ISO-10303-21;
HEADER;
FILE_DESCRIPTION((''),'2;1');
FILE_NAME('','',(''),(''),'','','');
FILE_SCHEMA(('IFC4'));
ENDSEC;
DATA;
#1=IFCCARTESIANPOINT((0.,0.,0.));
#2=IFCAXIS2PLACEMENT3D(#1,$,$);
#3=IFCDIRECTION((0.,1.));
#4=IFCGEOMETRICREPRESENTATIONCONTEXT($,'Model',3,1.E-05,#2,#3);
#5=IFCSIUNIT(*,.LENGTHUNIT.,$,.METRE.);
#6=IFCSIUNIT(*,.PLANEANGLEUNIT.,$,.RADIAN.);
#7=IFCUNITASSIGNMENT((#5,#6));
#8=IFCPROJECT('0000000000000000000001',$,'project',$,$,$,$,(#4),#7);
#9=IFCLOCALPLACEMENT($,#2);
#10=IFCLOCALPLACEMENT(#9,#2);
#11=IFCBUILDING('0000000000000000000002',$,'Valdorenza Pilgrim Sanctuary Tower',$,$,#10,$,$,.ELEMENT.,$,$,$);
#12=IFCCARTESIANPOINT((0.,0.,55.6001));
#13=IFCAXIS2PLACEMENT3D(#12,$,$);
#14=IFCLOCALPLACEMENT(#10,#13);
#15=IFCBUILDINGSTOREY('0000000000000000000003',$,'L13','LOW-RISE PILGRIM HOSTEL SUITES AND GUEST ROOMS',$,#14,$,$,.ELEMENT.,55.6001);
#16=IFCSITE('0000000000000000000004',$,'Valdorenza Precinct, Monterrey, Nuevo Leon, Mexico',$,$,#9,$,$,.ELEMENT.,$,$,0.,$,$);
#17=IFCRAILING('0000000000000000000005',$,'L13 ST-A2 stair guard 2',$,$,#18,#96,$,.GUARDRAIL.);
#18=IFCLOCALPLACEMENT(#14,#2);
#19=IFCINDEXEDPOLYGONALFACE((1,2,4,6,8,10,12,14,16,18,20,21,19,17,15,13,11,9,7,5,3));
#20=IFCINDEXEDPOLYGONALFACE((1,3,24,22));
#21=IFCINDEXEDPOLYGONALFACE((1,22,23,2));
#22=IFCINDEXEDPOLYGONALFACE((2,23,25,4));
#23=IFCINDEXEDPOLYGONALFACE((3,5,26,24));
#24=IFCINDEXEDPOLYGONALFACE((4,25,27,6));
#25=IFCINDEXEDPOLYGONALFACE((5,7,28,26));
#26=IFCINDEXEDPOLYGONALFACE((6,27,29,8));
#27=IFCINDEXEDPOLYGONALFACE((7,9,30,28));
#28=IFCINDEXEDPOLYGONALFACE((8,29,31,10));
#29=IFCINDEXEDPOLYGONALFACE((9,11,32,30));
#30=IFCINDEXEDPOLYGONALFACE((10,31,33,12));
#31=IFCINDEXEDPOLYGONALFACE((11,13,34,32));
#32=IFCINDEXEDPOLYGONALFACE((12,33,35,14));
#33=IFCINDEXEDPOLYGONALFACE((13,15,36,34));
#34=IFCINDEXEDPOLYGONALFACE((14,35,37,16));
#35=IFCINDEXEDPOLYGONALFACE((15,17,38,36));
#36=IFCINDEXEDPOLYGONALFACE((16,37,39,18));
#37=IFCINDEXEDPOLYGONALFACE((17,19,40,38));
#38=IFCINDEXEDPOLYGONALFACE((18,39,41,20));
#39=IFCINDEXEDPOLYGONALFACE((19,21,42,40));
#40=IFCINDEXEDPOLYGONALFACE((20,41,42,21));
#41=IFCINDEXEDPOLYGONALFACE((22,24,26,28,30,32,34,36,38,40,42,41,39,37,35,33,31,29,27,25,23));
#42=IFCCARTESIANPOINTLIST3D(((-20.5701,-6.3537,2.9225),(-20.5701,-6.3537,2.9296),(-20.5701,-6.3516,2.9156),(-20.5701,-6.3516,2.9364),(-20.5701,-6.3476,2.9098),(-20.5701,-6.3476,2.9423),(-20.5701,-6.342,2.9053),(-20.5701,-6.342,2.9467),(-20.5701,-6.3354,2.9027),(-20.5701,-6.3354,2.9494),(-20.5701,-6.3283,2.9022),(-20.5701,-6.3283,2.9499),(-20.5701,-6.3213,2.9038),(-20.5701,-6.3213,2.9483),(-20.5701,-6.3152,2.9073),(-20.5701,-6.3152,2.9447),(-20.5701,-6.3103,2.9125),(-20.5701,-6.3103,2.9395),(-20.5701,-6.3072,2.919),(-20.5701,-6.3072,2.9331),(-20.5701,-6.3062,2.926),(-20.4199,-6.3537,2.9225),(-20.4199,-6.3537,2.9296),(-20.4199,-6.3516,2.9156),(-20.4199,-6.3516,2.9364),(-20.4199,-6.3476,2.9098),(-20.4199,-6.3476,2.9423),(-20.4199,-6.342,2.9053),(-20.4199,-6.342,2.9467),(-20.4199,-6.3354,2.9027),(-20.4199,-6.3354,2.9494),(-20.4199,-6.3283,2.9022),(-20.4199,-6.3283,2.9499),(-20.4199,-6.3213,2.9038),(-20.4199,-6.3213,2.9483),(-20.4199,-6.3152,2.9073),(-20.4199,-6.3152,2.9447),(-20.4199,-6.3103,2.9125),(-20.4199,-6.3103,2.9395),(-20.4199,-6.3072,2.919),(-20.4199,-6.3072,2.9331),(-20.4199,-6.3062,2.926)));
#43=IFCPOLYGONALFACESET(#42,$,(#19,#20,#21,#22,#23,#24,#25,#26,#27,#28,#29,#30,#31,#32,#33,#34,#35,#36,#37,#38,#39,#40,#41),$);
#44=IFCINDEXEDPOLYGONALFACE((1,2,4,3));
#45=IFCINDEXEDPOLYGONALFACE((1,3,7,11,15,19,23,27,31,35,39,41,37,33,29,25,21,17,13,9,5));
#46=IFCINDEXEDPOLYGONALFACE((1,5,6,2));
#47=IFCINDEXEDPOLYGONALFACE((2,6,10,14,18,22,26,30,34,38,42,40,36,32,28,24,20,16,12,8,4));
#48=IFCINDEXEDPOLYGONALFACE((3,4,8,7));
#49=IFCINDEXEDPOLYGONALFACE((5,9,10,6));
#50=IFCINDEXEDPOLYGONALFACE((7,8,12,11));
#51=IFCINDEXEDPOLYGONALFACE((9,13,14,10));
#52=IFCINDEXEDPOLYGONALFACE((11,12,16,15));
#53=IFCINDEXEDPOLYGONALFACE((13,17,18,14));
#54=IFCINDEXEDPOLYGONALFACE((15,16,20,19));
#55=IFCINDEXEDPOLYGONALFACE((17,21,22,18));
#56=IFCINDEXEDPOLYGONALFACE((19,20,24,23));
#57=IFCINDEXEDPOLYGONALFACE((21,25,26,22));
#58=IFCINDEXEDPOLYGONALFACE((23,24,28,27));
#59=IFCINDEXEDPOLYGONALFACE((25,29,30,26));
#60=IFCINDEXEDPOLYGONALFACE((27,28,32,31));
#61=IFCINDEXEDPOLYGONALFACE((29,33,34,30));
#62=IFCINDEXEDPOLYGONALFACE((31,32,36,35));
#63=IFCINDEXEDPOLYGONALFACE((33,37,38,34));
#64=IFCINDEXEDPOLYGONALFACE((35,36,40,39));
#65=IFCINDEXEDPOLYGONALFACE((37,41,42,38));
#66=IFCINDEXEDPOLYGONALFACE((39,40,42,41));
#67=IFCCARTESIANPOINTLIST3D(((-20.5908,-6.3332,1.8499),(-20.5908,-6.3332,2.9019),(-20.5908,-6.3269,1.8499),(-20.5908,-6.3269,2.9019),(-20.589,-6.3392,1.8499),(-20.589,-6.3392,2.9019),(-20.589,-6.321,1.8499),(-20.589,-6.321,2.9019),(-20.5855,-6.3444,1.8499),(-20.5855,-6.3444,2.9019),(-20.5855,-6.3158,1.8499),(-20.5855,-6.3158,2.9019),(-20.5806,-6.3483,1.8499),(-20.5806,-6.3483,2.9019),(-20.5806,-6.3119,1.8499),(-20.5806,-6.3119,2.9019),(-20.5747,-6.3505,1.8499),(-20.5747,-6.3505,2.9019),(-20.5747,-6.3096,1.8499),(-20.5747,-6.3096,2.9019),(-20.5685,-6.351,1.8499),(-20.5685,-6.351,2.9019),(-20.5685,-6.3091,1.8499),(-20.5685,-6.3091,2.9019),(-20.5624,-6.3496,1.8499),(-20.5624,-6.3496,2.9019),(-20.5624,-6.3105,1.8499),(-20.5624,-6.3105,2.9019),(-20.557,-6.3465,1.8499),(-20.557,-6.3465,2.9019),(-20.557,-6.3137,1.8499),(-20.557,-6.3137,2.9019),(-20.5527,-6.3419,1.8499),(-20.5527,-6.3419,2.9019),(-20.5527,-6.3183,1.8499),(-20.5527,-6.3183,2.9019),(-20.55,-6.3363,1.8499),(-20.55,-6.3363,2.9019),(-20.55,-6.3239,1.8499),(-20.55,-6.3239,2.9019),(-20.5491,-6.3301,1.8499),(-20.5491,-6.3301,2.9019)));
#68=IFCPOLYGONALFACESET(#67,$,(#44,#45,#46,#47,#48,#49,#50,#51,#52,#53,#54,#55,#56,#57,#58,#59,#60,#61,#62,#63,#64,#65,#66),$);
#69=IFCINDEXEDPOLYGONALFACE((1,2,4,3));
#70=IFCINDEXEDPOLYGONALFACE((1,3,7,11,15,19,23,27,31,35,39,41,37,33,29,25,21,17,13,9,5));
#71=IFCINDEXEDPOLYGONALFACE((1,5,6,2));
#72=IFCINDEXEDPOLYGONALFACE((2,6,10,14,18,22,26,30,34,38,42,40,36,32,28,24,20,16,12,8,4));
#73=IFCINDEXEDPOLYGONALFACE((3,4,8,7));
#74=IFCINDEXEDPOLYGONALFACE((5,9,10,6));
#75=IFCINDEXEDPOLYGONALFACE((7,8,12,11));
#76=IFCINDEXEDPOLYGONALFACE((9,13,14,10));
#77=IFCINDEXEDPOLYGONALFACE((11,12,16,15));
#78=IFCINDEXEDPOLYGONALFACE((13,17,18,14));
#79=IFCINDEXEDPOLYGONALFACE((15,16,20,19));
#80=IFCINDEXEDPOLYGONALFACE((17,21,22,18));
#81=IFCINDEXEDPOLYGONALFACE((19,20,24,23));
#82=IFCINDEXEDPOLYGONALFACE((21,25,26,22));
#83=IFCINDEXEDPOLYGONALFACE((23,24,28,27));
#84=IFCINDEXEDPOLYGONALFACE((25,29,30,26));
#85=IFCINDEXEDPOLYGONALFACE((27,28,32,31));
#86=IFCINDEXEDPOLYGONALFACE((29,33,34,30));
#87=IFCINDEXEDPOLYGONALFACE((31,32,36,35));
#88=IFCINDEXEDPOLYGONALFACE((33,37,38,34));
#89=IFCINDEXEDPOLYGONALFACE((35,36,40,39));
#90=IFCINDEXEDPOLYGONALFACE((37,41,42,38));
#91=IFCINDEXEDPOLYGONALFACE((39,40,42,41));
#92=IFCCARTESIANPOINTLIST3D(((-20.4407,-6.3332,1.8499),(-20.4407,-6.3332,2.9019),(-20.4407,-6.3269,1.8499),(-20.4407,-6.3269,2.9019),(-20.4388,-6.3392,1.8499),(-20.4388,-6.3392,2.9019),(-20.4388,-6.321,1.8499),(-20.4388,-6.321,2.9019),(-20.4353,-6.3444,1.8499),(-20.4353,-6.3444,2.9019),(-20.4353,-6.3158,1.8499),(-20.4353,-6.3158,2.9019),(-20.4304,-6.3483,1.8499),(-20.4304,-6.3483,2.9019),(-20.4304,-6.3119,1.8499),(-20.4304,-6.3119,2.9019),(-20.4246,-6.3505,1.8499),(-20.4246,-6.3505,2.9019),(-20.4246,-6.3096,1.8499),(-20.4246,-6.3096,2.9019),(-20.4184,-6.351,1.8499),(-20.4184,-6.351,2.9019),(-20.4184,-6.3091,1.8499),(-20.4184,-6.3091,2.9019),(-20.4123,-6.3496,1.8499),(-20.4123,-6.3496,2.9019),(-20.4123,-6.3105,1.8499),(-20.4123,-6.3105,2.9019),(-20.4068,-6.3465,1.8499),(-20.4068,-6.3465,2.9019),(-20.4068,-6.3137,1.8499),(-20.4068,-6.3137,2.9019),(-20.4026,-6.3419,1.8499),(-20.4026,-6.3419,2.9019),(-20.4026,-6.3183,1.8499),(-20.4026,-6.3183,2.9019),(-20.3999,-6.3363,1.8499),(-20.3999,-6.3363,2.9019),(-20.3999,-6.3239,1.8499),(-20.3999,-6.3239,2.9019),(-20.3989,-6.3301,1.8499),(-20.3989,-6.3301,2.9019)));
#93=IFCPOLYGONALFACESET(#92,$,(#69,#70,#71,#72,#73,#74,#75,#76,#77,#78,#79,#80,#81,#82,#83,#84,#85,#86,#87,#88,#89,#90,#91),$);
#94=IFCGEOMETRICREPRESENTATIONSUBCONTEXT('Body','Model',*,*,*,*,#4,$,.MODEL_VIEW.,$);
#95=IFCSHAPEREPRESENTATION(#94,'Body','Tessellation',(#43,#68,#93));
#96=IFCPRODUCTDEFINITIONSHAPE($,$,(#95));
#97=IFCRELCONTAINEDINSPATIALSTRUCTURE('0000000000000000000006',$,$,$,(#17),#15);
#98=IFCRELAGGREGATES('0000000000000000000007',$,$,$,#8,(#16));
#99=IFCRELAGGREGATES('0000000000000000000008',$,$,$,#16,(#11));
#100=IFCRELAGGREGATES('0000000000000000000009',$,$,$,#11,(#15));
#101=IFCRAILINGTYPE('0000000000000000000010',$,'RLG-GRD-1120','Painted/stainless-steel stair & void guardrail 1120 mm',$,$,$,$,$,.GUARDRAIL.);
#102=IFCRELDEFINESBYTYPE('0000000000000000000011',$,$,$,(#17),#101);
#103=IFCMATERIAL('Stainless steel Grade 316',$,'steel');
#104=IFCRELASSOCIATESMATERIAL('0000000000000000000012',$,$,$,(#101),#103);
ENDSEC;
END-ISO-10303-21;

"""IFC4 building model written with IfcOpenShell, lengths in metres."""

from ifc_helpers import new_model, si_unit, direction, frame, origin, origin_2d, place, context, subcontext, project, spatial, circle, extrude, material, type_object, element, save


model = new_model("IFC4")

# Units and contexts
model_context = context("Model", 3, precision=1e-05, world=origin(), true_north=direction((0.0, 1.0)))
body_context = subcontext(model_context, "Body", "Model", "MODEL_VIEW")
ifc_project = project(units=[si_unit("LENGTHUNIT", "METRE"), si_unit("PLANEANGLEUNIT", "RADIAN")], contexts=[model_context])

# Site, building, storey
site_placement = place(None, origin())
site = spatial("IfcSite", under=ifc_project, at=site_placement, Name="Valdorenza Precinct, Monterrey, Nuevo Leon, Mexico", CompositionType="ELEMENT", RefElevation=0.0)
building_placement = place(site_placement, origin())
building = spatial("IfcBuilding", under=site, at=building_placement, Name="Valdorenza Pilgrim Sanctuary Tower", CompositionType="ELEMENT")
storey_placement = place(building_placement, frame((0.0, 0.0, 55.6001)))
storey = spatial("IfcBuildingStorey", under=building, at=storey_placement, Name="L13", Description="LOW-RISE PILGRIM HOSTEL SUITES AND GUEST ROOMS", CompositionType="ELEMENT", Elevation=55.6001)

# Railing
ifc_material_1 = material(Name="Stainless steel Grade 316", Category="steel")
railing_type_1 = type_object("IfcRailingType", Name="RLG-GRD-1120", Description="Painted/stainless-steel stair & void guardrail 1120 mm", PredefinedType="GUARDRAIL", material=ifc_material_1)
railing_1_placement = place(storey_placement, frame((-20.5701, -6.3301, 1.8499)))
element("IfcRailing", 1, at=railing_1_placement, inside=storey, type_object=railing_type_1, Name="L13 ST-A2 stair guard 2", PredefinedType="GUARDRAIL", context=body_context, shape_type="SweptSolid", body=[
    extrude(circle(Radius=0.0239, at=origin_2d()), frame((0.0, 0.0, 1.0762), z_axis=(1.0, 0.0, 0.0), x_axis=(0.0, 1.0, 0.0)), (0.0, 0.0, 1.0), 0.1501),
    extrude(circle(Radius=0.021, at=origin_2d()), origin(), (0.0, 0.0, 1.0), 1.052),
    extrude(circle(Radius=0.021, at=origin_2d()), frame((0.1501, 0.0, 0.0)), (0.0, 0.0, 1.0), 1.052),
])

save(model, "model.ifc")
